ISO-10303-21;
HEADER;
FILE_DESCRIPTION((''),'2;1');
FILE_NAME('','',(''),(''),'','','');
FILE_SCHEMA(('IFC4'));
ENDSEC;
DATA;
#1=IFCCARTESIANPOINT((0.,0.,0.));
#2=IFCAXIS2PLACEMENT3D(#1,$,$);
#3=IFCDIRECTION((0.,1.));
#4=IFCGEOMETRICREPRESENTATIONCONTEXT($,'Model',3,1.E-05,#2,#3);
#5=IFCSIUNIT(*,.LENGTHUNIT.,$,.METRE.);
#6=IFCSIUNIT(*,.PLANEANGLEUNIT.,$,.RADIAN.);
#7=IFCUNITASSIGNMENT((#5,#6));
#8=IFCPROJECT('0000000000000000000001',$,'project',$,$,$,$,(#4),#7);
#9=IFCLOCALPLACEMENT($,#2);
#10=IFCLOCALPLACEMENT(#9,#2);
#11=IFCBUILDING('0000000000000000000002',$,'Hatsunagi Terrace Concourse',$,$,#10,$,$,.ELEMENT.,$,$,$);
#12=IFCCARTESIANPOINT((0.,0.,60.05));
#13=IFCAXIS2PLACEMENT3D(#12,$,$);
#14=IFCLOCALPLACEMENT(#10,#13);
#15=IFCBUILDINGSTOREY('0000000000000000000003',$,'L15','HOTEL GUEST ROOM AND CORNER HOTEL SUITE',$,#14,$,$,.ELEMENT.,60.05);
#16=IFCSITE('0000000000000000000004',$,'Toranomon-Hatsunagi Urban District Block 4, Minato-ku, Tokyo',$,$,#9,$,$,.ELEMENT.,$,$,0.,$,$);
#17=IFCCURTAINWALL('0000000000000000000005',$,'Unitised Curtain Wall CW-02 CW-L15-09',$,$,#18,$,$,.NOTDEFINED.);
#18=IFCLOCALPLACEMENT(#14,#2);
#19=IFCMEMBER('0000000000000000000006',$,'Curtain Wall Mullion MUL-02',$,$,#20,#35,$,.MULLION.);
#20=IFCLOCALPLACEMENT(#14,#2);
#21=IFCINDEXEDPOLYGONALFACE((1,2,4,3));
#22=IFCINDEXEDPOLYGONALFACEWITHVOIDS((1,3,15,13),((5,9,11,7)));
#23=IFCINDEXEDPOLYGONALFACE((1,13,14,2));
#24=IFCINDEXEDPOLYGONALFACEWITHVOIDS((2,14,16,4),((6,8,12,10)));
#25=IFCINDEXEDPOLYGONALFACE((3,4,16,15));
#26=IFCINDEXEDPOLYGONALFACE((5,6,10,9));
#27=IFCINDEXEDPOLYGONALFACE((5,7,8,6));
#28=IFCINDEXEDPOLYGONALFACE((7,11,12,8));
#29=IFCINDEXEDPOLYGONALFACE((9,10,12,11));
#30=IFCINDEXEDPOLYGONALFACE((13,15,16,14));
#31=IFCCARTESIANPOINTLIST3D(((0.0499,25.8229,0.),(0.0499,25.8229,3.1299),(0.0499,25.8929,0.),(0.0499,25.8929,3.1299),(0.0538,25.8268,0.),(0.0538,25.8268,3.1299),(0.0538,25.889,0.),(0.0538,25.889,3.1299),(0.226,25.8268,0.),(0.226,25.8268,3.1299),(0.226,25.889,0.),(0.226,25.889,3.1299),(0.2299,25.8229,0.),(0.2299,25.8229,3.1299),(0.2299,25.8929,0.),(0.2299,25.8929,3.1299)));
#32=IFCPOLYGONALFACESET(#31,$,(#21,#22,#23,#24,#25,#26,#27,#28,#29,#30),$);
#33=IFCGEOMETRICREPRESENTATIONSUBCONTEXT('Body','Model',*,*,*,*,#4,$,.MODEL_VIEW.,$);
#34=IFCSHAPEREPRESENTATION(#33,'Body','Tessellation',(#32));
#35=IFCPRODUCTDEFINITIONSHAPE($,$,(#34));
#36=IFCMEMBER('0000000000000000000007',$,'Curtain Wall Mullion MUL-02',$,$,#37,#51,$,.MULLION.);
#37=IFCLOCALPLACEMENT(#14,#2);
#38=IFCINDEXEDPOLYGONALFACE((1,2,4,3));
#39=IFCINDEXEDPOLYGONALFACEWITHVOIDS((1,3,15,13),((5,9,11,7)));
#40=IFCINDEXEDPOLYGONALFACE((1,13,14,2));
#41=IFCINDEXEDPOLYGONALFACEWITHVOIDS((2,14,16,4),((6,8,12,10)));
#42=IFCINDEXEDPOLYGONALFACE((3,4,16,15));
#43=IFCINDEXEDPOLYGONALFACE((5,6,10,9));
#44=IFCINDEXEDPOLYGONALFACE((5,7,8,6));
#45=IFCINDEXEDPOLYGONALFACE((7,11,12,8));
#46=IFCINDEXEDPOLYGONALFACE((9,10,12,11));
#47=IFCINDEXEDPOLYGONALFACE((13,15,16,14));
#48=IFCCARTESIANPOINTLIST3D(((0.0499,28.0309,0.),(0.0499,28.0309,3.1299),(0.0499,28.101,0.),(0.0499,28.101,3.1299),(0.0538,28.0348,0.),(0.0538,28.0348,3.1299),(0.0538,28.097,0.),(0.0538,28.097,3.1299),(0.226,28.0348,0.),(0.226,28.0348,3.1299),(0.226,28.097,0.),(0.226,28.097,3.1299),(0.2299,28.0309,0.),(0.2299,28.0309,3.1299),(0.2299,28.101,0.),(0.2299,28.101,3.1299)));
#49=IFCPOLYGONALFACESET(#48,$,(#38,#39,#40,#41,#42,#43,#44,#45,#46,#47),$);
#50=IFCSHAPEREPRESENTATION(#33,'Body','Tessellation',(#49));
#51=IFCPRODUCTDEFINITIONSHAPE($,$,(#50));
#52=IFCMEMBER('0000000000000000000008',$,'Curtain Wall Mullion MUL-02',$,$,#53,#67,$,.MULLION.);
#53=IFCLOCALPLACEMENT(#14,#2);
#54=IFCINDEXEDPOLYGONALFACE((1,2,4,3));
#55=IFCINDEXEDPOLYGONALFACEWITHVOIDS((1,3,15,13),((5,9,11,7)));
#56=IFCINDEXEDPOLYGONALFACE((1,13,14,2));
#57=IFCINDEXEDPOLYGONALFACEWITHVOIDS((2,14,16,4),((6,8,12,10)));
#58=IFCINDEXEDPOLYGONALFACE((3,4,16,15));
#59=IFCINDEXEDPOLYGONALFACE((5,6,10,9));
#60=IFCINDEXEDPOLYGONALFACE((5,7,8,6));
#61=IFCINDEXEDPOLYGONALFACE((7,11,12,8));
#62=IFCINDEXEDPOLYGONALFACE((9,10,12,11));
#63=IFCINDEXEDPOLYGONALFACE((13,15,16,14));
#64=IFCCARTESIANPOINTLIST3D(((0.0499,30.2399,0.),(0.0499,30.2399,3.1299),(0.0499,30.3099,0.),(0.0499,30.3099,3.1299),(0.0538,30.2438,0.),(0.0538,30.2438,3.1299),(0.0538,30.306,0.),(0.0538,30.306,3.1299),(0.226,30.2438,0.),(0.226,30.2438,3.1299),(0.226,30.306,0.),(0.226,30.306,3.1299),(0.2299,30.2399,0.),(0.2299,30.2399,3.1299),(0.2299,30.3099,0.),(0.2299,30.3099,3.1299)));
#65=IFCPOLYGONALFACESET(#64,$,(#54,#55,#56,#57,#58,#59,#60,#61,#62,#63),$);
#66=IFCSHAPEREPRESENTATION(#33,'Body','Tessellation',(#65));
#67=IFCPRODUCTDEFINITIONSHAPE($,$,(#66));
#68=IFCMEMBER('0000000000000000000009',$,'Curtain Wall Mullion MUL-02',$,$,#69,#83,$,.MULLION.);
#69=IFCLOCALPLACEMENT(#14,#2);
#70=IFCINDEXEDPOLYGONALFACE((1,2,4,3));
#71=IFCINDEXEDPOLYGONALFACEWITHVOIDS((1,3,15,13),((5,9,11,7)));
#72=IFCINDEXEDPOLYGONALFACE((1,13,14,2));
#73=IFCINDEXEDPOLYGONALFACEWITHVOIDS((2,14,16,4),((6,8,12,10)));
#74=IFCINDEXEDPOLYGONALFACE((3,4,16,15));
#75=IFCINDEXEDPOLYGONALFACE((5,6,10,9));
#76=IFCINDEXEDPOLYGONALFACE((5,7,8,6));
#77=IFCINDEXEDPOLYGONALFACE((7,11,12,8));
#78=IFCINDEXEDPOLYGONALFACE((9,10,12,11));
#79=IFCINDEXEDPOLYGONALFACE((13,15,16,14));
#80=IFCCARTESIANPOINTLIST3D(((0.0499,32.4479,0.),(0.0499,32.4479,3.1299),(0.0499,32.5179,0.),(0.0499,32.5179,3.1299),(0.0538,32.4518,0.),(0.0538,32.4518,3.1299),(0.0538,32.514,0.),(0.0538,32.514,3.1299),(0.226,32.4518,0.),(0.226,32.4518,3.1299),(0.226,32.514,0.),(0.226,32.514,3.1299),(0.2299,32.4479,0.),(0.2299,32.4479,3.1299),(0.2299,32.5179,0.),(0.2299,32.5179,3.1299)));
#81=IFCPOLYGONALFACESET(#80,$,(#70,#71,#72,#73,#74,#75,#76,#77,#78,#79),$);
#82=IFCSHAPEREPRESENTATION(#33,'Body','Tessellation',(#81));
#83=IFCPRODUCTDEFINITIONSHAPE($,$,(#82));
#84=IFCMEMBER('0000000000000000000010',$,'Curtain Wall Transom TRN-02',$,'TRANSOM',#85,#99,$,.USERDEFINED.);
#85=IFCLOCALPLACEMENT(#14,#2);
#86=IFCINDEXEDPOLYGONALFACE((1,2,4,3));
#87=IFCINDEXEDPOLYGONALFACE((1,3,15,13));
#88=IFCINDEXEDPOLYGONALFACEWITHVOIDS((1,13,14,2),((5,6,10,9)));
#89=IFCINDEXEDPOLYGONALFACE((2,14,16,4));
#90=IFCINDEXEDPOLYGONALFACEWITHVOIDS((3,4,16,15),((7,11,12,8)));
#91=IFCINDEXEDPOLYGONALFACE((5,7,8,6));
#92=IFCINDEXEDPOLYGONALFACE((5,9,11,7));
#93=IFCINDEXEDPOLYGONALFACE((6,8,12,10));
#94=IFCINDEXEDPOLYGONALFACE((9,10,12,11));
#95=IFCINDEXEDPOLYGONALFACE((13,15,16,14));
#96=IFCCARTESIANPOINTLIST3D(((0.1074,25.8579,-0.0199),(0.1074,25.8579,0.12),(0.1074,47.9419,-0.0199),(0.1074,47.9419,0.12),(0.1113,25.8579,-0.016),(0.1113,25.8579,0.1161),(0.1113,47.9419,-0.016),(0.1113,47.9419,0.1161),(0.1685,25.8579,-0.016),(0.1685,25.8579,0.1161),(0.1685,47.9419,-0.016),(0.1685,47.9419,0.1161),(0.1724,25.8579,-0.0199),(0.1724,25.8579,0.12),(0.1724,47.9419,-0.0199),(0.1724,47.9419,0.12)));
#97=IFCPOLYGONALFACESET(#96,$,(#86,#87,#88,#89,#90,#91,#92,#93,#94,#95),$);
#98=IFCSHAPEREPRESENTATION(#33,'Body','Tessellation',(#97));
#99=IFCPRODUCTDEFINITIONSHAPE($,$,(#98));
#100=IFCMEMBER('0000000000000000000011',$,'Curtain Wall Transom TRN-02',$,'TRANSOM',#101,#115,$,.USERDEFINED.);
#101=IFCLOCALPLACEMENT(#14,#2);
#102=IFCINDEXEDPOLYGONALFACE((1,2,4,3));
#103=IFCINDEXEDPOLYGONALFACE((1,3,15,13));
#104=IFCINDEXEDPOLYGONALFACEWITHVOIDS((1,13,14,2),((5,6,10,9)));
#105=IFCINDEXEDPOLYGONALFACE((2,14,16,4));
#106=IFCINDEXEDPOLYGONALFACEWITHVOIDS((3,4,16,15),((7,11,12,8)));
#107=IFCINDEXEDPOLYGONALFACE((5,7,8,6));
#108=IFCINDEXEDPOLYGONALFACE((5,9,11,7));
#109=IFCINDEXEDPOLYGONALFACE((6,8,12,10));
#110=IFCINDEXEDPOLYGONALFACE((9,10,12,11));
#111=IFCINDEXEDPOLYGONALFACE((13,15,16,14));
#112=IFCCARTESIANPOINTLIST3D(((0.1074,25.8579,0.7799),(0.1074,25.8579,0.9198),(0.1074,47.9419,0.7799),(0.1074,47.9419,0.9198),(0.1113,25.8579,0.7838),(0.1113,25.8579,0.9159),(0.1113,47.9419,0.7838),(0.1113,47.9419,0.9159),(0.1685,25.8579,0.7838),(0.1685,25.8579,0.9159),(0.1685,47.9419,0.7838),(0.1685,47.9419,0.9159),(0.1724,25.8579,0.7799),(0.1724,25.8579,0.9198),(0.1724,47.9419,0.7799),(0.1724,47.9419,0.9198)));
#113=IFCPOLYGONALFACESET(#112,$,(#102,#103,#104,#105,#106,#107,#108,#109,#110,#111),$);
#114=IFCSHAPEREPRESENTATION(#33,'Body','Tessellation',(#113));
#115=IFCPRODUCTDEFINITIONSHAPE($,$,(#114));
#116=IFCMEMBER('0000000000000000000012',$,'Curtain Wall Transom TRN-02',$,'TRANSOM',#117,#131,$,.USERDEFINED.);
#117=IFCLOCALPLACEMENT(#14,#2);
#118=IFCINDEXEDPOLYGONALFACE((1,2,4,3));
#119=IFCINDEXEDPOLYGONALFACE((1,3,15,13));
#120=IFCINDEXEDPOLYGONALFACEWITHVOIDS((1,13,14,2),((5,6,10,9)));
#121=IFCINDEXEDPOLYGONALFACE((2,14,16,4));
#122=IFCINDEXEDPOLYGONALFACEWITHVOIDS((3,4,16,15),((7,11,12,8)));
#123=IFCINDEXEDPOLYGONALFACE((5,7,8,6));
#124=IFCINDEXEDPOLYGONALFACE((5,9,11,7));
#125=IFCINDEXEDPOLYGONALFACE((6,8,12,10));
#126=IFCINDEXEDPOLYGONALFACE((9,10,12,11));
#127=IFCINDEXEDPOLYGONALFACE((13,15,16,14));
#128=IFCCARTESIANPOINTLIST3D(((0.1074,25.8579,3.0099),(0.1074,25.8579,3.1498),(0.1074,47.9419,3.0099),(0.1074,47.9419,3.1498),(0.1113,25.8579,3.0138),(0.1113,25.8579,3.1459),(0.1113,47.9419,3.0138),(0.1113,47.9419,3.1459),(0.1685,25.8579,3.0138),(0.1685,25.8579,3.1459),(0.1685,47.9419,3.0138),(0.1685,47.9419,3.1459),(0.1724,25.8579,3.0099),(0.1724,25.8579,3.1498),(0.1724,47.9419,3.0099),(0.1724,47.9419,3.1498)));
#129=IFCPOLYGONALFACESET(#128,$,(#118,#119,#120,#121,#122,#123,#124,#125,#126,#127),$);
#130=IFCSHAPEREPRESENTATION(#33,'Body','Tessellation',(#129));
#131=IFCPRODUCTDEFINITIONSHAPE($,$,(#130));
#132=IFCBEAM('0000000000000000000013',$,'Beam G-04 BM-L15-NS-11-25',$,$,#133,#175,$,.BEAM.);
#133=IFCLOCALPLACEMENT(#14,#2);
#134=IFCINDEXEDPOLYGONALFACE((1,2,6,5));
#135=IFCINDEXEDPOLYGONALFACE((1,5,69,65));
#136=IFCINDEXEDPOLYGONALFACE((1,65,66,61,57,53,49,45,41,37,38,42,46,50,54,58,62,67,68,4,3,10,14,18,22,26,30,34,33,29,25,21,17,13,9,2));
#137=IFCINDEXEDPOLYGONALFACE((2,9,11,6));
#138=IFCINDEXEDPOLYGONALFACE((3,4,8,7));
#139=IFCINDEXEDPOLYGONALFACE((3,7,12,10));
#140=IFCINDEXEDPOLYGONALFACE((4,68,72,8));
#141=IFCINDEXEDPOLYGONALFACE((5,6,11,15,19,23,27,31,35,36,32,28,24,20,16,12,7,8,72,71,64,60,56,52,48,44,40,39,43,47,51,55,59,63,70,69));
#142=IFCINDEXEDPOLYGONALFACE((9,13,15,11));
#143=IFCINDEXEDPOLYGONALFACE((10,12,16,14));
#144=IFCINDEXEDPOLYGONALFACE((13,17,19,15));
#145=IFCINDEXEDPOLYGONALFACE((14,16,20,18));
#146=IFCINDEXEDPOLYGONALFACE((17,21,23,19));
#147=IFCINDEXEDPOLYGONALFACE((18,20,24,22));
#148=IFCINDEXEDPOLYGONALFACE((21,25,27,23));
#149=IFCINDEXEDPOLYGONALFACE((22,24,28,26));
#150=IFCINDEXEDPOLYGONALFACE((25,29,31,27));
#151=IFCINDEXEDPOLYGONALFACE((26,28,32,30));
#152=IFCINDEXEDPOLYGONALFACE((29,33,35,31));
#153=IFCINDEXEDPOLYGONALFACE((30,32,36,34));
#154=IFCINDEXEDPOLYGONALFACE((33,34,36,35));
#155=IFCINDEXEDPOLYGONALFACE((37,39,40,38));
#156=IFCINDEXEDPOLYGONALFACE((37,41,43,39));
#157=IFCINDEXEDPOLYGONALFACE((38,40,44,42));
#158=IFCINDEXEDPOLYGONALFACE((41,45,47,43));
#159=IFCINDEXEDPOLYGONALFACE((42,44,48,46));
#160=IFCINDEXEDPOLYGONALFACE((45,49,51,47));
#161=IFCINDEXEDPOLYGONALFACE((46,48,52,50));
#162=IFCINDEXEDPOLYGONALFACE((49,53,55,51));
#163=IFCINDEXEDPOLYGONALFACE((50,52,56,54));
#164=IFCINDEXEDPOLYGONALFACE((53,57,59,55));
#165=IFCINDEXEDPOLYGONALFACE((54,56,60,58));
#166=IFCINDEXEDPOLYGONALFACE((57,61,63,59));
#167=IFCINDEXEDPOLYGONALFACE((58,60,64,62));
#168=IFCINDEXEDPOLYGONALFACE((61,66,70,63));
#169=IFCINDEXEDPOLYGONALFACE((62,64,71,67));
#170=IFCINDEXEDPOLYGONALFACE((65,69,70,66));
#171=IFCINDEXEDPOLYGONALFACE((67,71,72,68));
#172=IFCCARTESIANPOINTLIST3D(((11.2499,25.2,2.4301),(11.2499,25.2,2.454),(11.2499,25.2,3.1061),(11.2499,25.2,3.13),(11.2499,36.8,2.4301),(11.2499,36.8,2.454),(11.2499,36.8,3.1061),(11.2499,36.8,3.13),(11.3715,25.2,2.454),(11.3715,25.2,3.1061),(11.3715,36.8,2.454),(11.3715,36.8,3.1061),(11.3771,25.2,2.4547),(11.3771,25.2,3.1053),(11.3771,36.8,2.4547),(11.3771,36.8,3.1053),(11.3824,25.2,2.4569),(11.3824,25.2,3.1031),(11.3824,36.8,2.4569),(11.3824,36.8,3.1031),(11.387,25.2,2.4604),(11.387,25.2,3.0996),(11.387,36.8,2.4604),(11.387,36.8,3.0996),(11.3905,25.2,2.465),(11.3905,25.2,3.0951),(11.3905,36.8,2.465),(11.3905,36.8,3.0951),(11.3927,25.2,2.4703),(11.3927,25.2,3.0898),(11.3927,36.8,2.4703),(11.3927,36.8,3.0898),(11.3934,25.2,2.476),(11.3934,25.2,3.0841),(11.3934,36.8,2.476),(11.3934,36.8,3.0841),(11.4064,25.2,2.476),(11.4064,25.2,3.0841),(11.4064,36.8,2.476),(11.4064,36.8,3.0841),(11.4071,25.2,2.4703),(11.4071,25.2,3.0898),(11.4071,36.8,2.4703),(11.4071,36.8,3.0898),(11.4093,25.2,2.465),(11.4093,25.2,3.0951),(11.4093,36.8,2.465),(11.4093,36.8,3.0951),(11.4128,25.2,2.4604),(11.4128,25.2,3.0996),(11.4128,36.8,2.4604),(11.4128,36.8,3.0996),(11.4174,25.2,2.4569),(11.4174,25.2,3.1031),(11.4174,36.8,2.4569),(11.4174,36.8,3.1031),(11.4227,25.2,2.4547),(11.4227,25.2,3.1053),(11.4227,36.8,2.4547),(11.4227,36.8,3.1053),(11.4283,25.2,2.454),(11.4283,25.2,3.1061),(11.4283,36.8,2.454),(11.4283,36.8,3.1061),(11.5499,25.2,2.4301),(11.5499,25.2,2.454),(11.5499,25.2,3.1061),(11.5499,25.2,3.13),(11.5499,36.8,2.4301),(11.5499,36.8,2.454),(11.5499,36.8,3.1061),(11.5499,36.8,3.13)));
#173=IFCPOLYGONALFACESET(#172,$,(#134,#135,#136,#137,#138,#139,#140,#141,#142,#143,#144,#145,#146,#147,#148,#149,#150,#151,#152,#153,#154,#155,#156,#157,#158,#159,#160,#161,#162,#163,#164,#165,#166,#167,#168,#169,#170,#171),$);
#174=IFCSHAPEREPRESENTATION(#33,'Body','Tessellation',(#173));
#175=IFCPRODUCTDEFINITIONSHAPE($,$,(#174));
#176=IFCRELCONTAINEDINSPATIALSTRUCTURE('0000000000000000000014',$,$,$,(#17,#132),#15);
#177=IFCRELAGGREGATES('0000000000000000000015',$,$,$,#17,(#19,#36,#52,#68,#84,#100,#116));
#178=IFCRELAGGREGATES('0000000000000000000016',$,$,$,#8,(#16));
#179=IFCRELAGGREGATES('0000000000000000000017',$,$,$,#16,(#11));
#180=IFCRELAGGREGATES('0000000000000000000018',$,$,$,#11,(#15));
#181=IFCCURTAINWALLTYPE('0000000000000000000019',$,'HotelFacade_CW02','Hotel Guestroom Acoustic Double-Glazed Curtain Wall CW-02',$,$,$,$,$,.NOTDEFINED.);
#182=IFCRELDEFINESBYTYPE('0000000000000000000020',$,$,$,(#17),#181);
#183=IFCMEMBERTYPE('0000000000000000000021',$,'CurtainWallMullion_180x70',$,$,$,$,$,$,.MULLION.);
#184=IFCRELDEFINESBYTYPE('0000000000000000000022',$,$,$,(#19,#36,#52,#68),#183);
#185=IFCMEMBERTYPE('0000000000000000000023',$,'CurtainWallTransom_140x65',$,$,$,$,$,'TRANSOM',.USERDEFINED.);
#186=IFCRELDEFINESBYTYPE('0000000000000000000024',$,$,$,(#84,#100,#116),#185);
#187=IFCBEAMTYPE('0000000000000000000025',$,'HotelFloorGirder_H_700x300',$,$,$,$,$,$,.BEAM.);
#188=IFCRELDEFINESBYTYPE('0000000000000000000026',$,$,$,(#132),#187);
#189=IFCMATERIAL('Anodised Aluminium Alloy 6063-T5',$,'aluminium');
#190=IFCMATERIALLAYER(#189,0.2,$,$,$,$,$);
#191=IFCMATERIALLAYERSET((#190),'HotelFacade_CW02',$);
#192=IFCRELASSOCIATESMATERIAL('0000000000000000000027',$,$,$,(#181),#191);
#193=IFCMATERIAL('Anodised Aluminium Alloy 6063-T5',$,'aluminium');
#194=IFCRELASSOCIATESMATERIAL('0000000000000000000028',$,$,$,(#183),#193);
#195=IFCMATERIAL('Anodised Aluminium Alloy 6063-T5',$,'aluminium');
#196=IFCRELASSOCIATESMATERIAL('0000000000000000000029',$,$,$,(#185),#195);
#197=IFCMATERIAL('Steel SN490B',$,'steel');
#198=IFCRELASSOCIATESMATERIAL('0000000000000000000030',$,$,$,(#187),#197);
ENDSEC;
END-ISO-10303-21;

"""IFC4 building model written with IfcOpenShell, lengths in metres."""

from ifc_helpers import new_model, si_unit, direction, frame, origin, origin_2d, place, context, subcontext, project, spatial, hollow_rectangle, i_section, extrude, material, layer, layer_set, material_profile, profile_set, type_object, element, aggregate, save


model = new_model("IFC4")

# Units and contexts
model_context = context("Model", 3, precision=1e-05, world=origin(), true_north=direction((0.0, 1.0)))
body_context = subcontext(model_context, "Body", "Model", "MODEL_VIEW")
ifc_project = project(units=[si_unit("LENGTHUNIT", "METRE"), si_unit("PLANEANGLEUNIT", "RADIAN")], contexts=[model_context])

# Site, building, storey
site_placement = place(None, origin())
site = spatial("IfcSite", under=ifc_project, at=site_placement, Name="Toranomon-Hatsunagi Urban District Block 4, Minato-ku, Tokyo", CompositionType="ELEMENT", RefElevation=0.0)
building_placement = place(site_placement, origin())
building = spatial("IfcBuilding", under=site, at=building_placement, Name="Hatsunagi Terrace Concourse", CompositionType="ELEMENT")
storey_placement = place(building_placement, frame((0.0, 0.0, 60.05)))
storey = spatial("IfcBuildingStorey", under=building, at=storey_placement, Name="L15", Description="HOTEL GUEST ROOM AND CORNER HOTEL SUITE", CompositionType="ELEMENT", Elevation=60.05)

# Curtain wall, members
ifc_material_1 = material(Name="Anodised Aluminium Alloy 6063-T5", Category="aluminium")
ifc_layer_1 = layer(ifc_material_1, 0.2)
ifc_layer_set_1 = layer_set([ifc_layer_1], Name="HotelFacade_CW02")
curtain_wall_type = type_object("IfcCurtainWallType", Name="HotelFacade_CW02", Description="Hotel Guestroom Acoustic Double-Glazed Curtain Wall CW-02", PredefinedType="NOTDEFINED", material=ifc_layer_set_1)
curtain_wall_placement = place(storey_placement, origin())
curtain_wall = element("IfcCurtainWall", 1, at=curtain_wall_placement, inside=storey, type_object=curtain_wall_type, Name="Unitised Curtain Wall CW-02 CW-L15-09", PredefinedType="NOTDEFINED")
ifc_material_2 = material(Name="Anodised Aluminium Alloy 6063-T5", Category="aluminium")
ifc_material_profile_1 = material_profile(ifc_material_2, hollow_rectangle(XDim=0.0701, YDim=0.1799, WallThickness=0.0039, at=origin_2d()), Name="ALU-MUL-180x70x4")
ifc_profile_set_1 = profile_set([ifc_material_profile_1], Name="Anodised Aluminium Alloy 6063-T5")
member_type_1 = type_object("IfcMemberType", Name="CurtainWallMullion_180x70", PredefinedType="MULLION", material=ifc_profile_set_1)
member_1_placement = place(storey_placement, frame((0.1399, 25.8579, 0.0), z_axis=(0.0, 0.0, 1.0), x_axis=(0.0, 1.0, 0.0)))
member_1 = element("IfcMember", 2, at=member_1_placement, type_object=member_type_1, Name="Curtain Wall Mullion MUL-02", PredefinedType="MULLION", context=body_context, shape_type="SweptSolid", body=[
    extrude(hollow_rectangle(XDim=0.0701, YDim=0.1799, WallThickness=0.0039, at=origin_2d()), origin(), (0.0, 0.0, 1.0), 3.1299),
])
member_2_placement = place(storey_placement, frame((0.1399, 28.0659, 0.0), z_axis=(0.0, 0.0, 1.0), x_axis=(0.0, 1.0, 0.0)))
member_2 = element("IfcMember", 3, at=member_2_placement, type_object=member_type_1, Name="Curtain Wall Mullion MUL-02", PredefinedType="MULLION", context=body_context, shape_type="SweptSolid", body=[
    extrude(hollow_rectangle(XDim=0.0701, YDim=0.1799, WallThickness=0.0039, at=origin_2d()), origin(), (0.0, 0.0, 1.0), 3.1299),
])
member_3_placement = place(storey_placement, frame((0.1399, 30.2749, 0.0), z_axis=(0.0, 0.0, 1.0), x_axis=(0.0, 1.0, 0.0)))
member_3 = element("IfcMember", 4, at=member_3_placement, type_object=member_type_1, Name="Curtain Wall Mullion MUL-02", PredefinedType="MULLION", context=body_context, shape_type="SweptSolid", body=[
    extrude(hollow_rectangle(XDim=0.0701, YDim=0.1799, WallThickness=0.0039, at=origin_2d()), origin(), (0.0, 0.0, 1.0), 3.1299),
])
member_4_placement = place(storey_placement, frame((0.1399, 32.4829, 0.0), z_axis=(0.0, 0.0, 1.0), x_axis=(0.0, 1.0, 0.0)))
member_4 = element("IfcMember", 5, at=member_4_placement, type_object=member_type_1, Name="Curtain Wall Mullion MUL-02", PredefinedType="MULLION", context=body_context, shape_type="SweptSolid", body=[
    extrude(hollow_rectangle(XDim=0.0701, YDim=0.1799, WallThickness=0.0039, at=origin_2d()), origin(), (0.0, 0.0, 1.0), 3.1299),
])
ifc_material_3 = material(Name="Anodised Aluminium Alloy 6063-T5", Category="aluminium")
ifc_material_profile_2 = material_profile(ifc_material_3, hollow_rectangle(XDim=0.0649, YDim=0.1399, WallThickness=0.0039, at=origin_2d()), Name="ALU-TRN-140x65x4")
ifc_profile_set_2 = profile_set([ifc_material_profile_2], Name="Anodised Aluminium Alloy 6063-T5")
member_type_2 = type_object("IfcMemberType", Name="CurtainWallTransom_140x65", ElementType="TRANSOM", PredefinedType="USERDEFINED", material=ifc_profile_set_2)
member_5_placement = place(storey_placement, frame((0.1399, 25.8579, 0.05), z_axis=(0.0, 1.0, 0.0), x_axis=(-1.0, 0.0, 0.0)))
member_5 = element("IfcMember", 6, at=member_5_placement, type_object=member_type_2, Name="Curtain Wall Transom TRN-02", ObjectType="TRANSOM", PredefinedType="USERDEFINED", context=body_context, shape_type="SweptSolid", body=[
    extrude(hollow_rectangle(XDim=0.0649, YDim=0.1399, WallThickness=0.0039, at=origin_2d()), origin(), (0.0, 0.0, 1.0), 22.084),
])
member_6_placement = place(storey_placement, frame((0.1399, 25.8579, 0.8499), z_axis=(0.0, 1.0, 0.0), x_axis=(-1.0, 0.0, 0.0)))
member_6 = element("IfcMember", 7, at=member_6_placement, type_object=member_type_2, Name="Curtain Wall Transom TRN-02", ObjectType="TRANSOM", PredefinedType="USERDEFINED", context=body_context, shape_type="SweptSolid", body=[
    extrude(hollow_rectangle(XDim=0.0649, YDim=0.1399, WallThickness=0.0039, at=origin_2d()), origin(), (0.0, 0.0, 1.0), 22.084),
])
member_7_placement = place(storey_placement, frame((0.1399, 25.8579, 3.0798), z_axis=(0.0, 1.0, 0.0), x_axis=(-1.0, 0.0, 0.0)))
member_7 = element("IfcMember", 8, at=member_7_placement, type_object=member_type_2, Name="Curtain Wall Transom TRN-02", ObjectType="TRANSOM", PredefinedType="USERDEFINED", context=body_context, shape_type="SweptSolid", body=[
    extrude(hollow_rectangle(XDim=0.0649, YDim=0.1399, WallThickness=0.0039, at=origin_2d()), origin(), (0.0, 0.0, 1.0), 22.084),
])

# Beam
ifc_material_4 = material(Name="Steel SN490B", Category="steel")
ifc_material_profile_3 = material_profile(ifc_material_4, i_section(OverallWidth=0.3, OverallDepth=0.7, WebThickness=0.0129, FlangeThickness=0.0239, FilletRadius=0.022, at=origin_2d()), Name="H-700x300x13x24")
ifc_profile_set_3 = profile_set([ifc_material_profile_3], Name="Steel SN490B")
beam_type_1 = type_object("IfcBeamType", Name="HotelFloorGirder_H_700x300", PredefinedType="BEAM", material=ifc_profile_set_3)
beam_placement = place(storey_placement, frame((11.3999, 25.2, 2.78), z_axis=(0.0, 1.0, 0.0), x_axis=(-1.0, 0.0, 0.0)))
element("IfcBeam", 9, at=beam_placement, inside=storey, type_object=beam_type_1, Name="Beam G-04 BM-L15-NS-11-25", PredefinedType="BEAM", context=body_context, shape_type="SweptSolid", body=[
    extrude(i_section(OverallWidth=0.3, OverallDepth=0.7, WebThickness=0.0129, FlangeThickness=0.0239, FilletRadius=0.022, at=origin_2d()), origin(), (0.0, 0.0, 1.0), 11.6001),
])

aggregate(curtain_wall, [member_1, member_2, member_3, member_4, member_5, member_6, member_7])

save(model, "model.ifc")
